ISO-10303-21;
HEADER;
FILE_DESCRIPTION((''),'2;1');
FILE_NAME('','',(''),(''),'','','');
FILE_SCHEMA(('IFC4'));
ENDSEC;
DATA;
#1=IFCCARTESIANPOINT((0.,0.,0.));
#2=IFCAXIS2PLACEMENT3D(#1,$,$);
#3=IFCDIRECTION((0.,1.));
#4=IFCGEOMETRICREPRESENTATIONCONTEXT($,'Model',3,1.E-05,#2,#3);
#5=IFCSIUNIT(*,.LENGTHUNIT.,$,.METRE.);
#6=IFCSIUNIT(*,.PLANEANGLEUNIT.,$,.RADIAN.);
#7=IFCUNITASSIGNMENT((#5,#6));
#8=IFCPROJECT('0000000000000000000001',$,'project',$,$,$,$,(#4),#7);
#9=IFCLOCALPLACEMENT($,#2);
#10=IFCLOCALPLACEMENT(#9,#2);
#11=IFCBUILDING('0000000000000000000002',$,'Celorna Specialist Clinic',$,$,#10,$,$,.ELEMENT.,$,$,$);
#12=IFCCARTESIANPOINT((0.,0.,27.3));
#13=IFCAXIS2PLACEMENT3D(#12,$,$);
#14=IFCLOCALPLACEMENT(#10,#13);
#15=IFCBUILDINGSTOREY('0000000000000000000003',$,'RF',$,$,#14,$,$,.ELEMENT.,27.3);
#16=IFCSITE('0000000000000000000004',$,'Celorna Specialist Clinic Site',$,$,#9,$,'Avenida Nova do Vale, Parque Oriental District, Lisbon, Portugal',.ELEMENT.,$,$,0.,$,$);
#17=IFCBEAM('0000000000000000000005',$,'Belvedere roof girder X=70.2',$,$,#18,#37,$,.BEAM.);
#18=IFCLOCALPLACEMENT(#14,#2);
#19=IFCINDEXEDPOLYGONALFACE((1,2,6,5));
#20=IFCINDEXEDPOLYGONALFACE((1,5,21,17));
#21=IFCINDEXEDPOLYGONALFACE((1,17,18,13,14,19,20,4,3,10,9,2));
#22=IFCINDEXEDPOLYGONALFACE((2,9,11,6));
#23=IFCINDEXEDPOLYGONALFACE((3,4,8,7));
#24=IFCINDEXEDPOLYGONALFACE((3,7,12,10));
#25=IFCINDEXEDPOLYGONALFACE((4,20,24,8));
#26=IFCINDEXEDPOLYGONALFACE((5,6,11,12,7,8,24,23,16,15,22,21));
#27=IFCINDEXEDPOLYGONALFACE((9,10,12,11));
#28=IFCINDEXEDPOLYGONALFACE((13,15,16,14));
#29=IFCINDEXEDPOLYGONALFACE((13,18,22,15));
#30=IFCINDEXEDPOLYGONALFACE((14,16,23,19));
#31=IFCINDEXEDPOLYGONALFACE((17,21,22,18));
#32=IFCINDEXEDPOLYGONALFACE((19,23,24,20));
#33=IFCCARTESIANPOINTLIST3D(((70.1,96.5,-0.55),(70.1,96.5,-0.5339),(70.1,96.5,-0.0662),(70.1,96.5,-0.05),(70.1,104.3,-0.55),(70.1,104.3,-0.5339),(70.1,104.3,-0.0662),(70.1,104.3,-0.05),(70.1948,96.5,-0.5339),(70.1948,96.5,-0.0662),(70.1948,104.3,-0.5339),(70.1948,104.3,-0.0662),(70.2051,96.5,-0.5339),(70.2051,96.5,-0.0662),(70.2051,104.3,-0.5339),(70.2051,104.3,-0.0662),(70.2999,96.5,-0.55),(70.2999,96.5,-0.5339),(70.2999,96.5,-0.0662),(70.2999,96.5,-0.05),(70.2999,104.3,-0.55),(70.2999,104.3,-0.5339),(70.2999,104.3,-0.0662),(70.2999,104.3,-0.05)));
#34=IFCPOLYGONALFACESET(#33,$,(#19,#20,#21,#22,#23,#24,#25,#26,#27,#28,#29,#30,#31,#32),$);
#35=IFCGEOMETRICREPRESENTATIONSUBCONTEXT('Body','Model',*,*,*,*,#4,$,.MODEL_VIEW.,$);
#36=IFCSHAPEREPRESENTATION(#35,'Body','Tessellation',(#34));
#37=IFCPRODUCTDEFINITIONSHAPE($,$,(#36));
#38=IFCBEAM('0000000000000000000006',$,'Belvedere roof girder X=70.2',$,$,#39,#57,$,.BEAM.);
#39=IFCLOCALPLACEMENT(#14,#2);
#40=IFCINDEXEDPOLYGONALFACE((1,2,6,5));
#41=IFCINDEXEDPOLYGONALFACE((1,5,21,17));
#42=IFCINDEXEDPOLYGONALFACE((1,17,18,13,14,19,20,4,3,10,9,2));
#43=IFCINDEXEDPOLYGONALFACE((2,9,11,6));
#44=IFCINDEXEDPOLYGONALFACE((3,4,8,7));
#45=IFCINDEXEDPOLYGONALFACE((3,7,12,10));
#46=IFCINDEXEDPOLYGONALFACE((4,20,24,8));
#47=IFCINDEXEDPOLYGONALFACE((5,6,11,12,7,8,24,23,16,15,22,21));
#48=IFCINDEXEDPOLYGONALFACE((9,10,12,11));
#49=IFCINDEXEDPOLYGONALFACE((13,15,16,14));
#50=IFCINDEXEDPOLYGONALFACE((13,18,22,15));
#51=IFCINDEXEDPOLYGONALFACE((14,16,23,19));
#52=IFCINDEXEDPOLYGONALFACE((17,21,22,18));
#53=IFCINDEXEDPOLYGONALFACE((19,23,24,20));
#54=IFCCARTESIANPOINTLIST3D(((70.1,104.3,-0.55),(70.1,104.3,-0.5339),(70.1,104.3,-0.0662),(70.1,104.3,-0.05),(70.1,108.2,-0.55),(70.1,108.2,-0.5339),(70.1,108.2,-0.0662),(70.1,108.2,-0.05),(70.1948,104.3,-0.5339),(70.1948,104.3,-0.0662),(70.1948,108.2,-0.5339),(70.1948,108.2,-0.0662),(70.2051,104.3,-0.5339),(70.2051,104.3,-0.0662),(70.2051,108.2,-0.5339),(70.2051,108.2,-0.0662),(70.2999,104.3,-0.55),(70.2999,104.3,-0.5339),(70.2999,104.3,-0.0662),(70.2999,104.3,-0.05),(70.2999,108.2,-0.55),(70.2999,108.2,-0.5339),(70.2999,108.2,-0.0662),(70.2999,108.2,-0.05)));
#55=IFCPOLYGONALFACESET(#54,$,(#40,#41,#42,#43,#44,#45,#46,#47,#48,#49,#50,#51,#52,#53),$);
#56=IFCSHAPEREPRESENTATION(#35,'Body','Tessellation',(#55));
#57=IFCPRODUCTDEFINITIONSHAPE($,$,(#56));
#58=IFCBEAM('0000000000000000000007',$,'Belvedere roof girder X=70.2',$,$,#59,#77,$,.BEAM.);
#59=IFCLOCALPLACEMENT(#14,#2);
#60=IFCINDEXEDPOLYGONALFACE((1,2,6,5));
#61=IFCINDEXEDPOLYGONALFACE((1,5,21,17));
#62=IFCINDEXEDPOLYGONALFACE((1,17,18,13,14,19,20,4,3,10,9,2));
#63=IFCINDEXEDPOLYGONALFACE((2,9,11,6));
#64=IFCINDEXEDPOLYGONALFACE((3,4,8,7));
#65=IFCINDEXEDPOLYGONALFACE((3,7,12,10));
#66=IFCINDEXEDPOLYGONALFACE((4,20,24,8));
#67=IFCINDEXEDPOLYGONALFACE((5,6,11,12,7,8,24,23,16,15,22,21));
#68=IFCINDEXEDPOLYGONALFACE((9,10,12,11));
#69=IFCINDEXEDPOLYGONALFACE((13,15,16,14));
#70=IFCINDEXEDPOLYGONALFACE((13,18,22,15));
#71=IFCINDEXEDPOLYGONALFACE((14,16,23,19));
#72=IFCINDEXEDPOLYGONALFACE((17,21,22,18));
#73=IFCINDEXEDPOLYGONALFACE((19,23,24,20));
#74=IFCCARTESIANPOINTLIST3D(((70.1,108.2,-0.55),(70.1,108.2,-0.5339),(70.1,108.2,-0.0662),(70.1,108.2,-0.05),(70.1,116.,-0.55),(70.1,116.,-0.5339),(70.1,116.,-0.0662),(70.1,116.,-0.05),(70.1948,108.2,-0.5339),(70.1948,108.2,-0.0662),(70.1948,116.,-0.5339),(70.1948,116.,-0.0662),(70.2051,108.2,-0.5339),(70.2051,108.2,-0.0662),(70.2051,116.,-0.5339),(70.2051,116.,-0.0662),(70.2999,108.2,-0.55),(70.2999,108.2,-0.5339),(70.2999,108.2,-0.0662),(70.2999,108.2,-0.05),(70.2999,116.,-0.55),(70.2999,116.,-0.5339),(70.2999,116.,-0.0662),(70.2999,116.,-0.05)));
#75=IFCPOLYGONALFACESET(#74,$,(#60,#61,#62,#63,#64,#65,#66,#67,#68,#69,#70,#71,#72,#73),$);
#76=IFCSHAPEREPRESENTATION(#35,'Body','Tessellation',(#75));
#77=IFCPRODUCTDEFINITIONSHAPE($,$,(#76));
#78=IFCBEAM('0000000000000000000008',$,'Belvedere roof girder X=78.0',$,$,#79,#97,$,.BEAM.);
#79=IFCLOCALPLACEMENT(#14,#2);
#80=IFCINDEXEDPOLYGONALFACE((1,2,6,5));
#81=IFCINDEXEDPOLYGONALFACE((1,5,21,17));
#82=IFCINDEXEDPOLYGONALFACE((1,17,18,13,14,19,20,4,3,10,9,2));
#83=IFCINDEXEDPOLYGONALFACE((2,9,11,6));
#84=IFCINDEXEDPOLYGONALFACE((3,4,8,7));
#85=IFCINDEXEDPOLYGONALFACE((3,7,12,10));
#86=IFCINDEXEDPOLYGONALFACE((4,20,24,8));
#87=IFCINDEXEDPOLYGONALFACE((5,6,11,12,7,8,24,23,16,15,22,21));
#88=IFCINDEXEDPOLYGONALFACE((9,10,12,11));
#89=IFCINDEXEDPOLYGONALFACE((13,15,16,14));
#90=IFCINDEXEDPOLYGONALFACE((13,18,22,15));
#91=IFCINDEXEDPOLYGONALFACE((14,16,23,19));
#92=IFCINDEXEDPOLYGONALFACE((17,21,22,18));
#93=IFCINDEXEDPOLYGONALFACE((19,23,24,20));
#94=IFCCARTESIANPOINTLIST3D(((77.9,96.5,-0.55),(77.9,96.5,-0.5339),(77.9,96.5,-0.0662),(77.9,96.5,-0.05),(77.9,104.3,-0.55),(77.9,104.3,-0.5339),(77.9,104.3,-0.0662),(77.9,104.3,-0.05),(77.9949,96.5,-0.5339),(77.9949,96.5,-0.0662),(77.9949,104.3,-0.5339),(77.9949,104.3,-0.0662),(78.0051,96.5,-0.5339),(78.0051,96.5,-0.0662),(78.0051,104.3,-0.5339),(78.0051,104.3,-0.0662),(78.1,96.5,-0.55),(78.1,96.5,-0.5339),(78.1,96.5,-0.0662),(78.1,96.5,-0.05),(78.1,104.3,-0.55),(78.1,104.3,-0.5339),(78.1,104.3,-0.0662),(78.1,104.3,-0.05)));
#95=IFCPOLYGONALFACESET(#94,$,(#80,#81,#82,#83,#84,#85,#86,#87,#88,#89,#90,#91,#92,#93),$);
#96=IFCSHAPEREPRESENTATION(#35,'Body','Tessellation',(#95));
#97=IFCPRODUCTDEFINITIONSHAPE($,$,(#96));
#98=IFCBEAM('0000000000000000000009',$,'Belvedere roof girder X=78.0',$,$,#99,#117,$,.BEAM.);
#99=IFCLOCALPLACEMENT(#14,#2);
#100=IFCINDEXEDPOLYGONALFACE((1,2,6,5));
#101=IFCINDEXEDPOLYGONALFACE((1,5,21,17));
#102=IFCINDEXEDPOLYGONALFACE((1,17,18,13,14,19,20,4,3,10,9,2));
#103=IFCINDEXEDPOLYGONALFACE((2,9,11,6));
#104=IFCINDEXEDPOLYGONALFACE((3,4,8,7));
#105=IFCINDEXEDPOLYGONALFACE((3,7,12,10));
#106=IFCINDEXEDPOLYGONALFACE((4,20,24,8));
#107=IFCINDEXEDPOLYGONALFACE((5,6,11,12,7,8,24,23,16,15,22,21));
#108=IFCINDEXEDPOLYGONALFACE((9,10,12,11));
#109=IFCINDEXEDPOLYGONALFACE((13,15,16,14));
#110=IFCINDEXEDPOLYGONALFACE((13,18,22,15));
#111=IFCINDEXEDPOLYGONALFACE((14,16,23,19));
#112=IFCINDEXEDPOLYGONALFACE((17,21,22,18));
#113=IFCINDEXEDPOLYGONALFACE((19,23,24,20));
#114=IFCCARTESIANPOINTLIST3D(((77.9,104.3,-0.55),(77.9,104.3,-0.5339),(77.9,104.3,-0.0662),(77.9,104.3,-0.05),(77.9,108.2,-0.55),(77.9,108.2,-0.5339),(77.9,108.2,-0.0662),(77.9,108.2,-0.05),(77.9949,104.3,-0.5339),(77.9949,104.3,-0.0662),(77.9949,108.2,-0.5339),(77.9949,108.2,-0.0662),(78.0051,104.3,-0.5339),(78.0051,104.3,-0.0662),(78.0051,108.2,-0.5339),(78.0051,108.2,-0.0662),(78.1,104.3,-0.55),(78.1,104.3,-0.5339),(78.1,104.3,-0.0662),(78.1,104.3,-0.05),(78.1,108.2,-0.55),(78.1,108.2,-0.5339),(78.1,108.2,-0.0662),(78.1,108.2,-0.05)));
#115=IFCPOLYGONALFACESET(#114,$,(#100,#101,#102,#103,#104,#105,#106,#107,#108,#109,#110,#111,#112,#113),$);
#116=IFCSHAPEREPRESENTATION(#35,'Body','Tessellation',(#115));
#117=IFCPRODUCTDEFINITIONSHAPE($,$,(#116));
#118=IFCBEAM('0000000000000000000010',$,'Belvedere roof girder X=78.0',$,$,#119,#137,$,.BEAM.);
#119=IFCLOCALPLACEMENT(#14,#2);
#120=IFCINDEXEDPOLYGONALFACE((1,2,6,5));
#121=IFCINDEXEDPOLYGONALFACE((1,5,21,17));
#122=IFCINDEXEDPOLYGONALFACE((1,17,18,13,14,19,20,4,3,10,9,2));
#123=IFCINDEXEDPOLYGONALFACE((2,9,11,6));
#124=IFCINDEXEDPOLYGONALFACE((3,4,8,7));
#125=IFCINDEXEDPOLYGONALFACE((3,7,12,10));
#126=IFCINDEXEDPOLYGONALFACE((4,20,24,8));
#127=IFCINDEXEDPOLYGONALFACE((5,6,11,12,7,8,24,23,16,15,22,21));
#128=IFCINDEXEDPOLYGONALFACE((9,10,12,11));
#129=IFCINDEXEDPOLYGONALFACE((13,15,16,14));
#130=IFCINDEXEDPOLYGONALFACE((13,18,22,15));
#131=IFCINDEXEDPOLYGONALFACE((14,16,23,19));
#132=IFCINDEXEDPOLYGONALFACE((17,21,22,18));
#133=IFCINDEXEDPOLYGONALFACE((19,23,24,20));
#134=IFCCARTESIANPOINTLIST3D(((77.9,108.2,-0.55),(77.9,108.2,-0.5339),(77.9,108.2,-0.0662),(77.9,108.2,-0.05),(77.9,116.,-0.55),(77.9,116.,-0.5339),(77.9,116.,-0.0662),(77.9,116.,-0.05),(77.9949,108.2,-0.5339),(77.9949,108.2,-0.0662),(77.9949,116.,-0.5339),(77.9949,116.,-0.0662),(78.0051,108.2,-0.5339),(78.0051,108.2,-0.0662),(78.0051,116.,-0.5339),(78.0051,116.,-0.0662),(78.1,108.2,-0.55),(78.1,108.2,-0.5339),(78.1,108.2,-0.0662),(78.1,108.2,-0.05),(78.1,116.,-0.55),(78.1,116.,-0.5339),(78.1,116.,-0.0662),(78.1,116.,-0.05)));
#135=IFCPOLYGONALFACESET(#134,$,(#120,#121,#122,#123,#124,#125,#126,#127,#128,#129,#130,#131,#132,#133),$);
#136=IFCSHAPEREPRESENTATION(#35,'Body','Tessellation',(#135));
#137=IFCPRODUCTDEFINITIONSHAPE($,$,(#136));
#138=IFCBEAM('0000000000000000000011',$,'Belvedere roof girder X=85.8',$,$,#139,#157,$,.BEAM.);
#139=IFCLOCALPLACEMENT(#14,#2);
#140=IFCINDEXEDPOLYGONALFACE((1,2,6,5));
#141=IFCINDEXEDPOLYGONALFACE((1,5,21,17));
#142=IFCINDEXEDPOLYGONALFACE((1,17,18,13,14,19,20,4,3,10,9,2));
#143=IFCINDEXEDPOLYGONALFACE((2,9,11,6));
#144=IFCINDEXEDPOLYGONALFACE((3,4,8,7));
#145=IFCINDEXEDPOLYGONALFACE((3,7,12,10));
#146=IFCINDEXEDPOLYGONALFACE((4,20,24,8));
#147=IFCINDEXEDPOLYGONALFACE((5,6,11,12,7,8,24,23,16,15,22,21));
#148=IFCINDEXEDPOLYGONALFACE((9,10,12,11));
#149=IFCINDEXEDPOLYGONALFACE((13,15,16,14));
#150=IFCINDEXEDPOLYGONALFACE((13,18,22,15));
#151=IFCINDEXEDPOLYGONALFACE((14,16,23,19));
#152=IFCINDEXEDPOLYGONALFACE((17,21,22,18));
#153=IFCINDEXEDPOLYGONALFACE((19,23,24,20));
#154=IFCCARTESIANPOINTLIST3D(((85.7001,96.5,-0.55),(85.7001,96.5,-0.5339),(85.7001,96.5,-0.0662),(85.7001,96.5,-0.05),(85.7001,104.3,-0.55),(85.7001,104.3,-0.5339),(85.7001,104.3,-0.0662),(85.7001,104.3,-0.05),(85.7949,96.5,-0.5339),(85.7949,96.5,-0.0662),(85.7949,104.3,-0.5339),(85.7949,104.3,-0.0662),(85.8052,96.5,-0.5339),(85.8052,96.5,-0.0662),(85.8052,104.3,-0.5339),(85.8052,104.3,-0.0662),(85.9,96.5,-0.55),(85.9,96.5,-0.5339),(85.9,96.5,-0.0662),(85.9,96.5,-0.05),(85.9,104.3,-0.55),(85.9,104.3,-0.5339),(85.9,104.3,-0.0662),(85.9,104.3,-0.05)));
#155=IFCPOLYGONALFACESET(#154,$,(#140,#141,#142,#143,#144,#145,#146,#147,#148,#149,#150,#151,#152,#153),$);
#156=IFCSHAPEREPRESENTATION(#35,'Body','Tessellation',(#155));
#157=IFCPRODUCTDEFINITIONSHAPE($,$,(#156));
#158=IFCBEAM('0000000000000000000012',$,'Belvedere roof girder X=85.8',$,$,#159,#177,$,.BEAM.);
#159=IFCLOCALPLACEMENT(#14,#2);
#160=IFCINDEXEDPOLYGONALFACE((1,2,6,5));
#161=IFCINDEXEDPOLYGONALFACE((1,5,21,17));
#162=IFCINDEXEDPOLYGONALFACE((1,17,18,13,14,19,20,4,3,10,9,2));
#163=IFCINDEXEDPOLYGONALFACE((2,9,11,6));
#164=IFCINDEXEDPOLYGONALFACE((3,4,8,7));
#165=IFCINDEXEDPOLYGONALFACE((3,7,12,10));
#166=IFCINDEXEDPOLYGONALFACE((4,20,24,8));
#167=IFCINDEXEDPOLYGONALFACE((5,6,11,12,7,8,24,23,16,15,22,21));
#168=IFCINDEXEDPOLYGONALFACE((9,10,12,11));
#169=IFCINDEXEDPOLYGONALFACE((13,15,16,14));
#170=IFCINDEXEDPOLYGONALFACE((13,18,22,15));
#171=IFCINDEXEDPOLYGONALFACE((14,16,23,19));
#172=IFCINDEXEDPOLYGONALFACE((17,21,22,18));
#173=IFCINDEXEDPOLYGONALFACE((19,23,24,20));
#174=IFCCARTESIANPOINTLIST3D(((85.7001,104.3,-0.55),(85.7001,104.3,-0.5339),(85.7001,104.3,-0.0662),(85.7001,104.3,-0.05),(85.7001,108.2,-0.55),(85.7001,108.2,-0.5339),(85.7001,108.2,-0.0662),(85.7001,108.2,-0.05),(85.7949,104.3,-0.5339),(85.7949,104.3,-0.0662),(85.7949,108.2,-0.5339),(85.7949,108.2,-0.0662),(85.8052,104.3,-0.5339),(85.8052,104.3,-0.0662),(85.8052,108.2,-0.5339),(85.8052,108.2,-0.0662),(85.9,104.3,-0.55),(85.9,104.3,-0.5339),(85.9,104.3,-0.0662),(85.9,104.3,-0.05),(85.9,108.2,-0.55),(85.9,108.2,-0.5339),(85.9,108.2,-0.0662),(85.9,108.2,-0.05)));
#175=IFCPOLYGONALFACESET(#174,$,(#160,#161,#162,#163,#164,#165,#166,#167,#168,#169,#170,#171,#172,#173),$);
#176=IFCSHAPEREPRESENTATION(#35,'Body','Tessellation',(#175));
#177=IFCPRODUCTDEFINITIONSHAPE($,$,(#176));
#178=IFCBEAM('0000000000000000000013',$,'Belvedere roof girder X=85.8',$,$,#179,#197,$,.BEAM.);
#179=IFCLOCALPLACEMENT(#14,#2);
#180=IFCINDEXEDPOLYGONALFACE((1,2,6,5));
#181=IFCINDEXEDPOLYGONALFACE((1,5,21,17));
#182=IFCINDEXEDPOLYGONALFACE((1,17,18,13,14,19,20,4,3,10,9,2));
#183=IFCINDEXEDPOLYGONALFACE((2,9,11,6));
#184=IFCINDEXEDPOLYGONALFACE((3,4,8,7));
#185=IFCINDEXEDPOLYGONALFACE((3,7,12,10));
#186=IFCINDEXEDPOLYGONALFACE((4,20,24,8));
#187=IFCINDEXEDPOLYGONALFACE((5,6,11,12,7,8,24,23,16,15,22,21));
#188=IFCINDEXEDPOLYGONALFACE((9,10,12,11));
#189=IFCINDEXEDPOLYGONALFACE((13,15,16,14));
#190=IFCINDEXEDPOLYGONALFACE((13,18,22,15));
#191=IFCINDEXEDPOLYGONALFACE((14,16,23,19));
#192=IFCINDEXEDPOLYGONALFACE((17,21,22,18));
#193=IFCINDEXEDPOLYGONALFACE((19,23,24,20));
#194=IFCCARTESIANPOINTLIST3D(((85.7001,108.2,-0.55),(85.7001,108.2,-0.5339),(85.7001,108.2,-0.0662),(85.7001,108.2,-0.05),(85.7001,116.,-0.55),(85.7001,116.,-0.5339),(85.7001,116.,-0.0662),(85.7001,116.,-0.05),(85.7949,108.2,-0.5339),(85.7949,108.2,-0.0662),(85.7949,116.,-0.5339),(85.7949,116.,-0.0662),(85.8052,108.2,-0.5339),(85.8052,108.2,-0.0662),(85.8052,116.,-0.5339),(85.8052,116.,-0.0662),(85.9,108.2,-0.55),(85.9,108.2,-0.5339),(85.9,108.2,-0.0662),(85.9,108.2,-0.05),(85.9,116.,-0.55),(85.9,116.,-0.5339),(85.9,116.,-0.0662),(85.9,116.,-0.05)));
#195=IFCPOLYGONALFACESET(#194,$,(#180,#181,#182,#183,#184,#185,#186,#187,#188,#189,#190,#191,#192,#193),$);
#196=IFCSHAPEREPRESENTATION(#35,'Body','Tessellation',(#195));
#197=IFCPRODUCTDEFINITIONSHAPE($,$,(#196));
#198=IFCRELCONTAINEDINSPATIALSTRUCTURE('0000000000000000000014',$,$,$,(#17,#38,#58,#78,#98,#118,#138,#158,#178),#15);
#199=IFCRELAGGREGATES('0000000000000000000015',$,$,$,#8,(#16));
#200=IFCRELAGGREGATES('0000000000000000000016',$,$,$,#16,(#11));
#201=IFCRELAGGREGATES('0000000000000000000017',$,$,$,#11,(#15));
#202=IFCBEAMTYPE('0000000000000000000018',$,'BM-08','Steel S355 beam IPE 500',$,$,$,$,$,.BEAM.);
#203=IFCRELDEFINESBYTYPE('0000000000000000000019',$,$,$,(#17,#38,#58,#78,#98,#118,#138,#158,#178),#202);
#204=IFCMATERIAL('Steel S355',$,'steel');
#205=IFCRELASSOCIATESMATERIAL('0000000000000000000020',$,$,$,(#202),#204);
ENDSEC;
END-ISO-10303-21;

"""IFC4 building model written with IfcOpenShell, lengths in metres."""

from ifc_helpers import new_model, si_unit, direction, frame, origin, origin_2d, place, context, subcontext, project, spatial, i_section, extrude, material, material_profile, profile_set, type_object, element, save


model = new_model("IFC4")

# Units and contexts
model_context = context("Model", 3, precision=1e-05, world=origin(), true_north=direction((0.0, 1.0)))
body_context = subcontext(model_context, "Body", "Model", "MODEL_VIEW")
ifc_project = project(units=[si_unit("LENGTHUNIT", "METRE"), si_unit("PLANEANGLEUNIT", "RADIAN")], contexts=[model_context])

# Site, building, storey
site_placement = place(None, origin())
site = spatial("IfcSite", under=ifc_project, at=site_placement, Name="Celorna Specialist Clinic Site", LongName="Avenida Nova do Vale, Parque Oriental District, Lisbon, Portugal", CompositionType="ELEMENT", RefElevation=0.0)
building_placement = place(site_placement, origin())
building = spatial("IfcBuilding", under=site, at=building_placement, Name="Celorna Specialist Clinic", CompositionType="ELEMENT")
storey_placement = place(building_placement, frame((0.0, 0.0, 27.3)))
storey = spatial("IfcBuildingStorey", under=building, at=storey_placement, Name="RF", CompositionType="ELEMENT", Elevation=27.3)

# Beams
ifc_material_1 = material(Name="Steel S355", Category="steel")
ifc_material_profile_1 = material_profile(ifc_material_1, i_section(OverallWidth=0.2, OverallDepth=0.5, WebThickness=0.0103, FlangeThickness=0.0161, at=origin_2d()), Name="IPE 500")
ifc_profile_set_1 = profile_set([ifc_material_profile_1], Name="Steel S355")
beam_type = type_object("IfcBeamType", Name="BM-08", Description="Steel S355 beam IPE 500", PredefinedType="BEAM", material=ifc_profile_set_1)
beam_1_placement = place(storey_placement, frame((70.2, 96.5, -0.3), z_axis=(0.0, 1.0, 0.0), x_axis=(-1.0, 0.0, 0.0)))
element("IfcBeam", 1, at=beam_1_placement, inside=storey, type_object=beam_type, Name="Belvedere roof girder X=70.2", PredefinedType="BEAM", context=body_context, shape_type="SweptSolid", body=[
    extrude(i_section(OverallWidth=0.2, OverallDepth=0.5, WebThickness=0.0103, FlangeThickness=0.0161, at=origin_2d()), origin(), (0.0, 0.0, 1.0), 7.8),
])
beam_2_placement = place(storey_placement, frame((70.2, 104.3, -0.3), z_axis=(0.0, 1.0, 0.0), x_axis=(-1.0, 0.0, 0.0)))
element("IfcBeam", 2, at=beam_2_placement, inside=storey, type_object=beam_type, Name="Belvedere roof girder X=70.2", PredefinedType="BEAM", context=body_context, shape_type="SweptSolid", body=[
    extrude(i_section(OverallWidth=0.2, OverallDepth=0.5, WebThickness=0.0103, FlangeThickness=0.0161, at=origin_2d()), origin(), (0.0, 0.0, 1.0), 3.8999),
])
for number, where, z_axis, x_axis, name in (
    (3, (70.2, 108.2, -0.3), (0.0, 1.0, 0.0), (-1.0, 0.0, 0.0), "Belvedere roof girder X=70.2"),
    (4, (78.0, 96.5, -0.3), (0.0, 1.0, 0.0), (-1.0, 0.0, 0.0), "Belvedere roof girder X=78.0"),
):
    element("IfcBeam", number, at=place(storey_placement, frame(where, z_axis=z_axis, x_axis=x_axis)), inside=storey, type_object=beam_type, Name=name, PredefinedType="BEAM", context=body_context, shape_type="SweptSolid", body=[
        extrude(i_section(OverallWidth=0.2, OverallDepth=0.5, WebThickness=0.0103, FlangeThickness=0.0161, at=origin_2d()), origin(), (0.0, 0.0, 1.0), 7.8),
    ])
beam_3_placement = place(storey_placement, frame((78.0, 104.3, -0.3), z_axis=(0.0, 1.0, 0.0), x_axis=(-1.0, 0.0, 0.0)))
element("IfcBeam", 5, at=beam_3_placement, inside=storey, type_object=beam_type, Name="Belvedere roof girder X=78.0", PredefinedType="BEAM", context=body_context, shape_type="SweptSolid", body=[
    extrude(i_section(OverallWidth=0.2, OverallDepth=0.5, WebThickness=0.0103, FlangeThickness=0.0161, at=origin_2d()), origin(), (0.0, 0.0, 1.0), 3.8999),
])
for number, where, z_axis, x_axis, name in (
    (6, (78.0, 108.2, -0.3), (0.0, 1.0, 0.0), (-1.0, 0.0, 0.0), "Belvedere roof girder X=78.0"),
    (7, (85.8, 96.5, -0.3), (0.0, 1.0, 0.0), (-1.0, 0.0, 0.0), "Belvedere roof girder X=85.8"),
):
    element("IfcBeam", number, at=place(storey_placement, frame(where, z_axis=z_axis, x_axis=x_axis)), inside=storey, type_object=beam_type, Name=name, PredefinedType="BEAM", context=body_context, shape_type="SweptSolid", body=[
        extrude(i_section(OverallWidth=0.2, OverallDepth=0.5, WebThickness=0.0103, FlangeThickness=0.0161, at=origin_2d()), origin(), (0.0, 0.0, 1.0), 7.8),
    ])
beam_4_placement = place(storey_placement, frame((85.8, 104.3, -0.3), z_axis=(0.0, 1.0, 0.0), x_axis=(-1.0, 0.0, 0.0)))
element("IfcBeam", 8, at=beam_4_placement, inside=storey, type_object=beam_type, Name="Belvedere roof girder X=85.8", PredefinedType="BEAM", context=body_context, shape_type="SweptSolid", body=[
    extrude(i_section(OverallWidth=0.2, OverallDepth=0.5, WebThickness=0.0103, FlangeThickness=0.0161, at=origin_2d()), origin(), (0.0, 0.0, 1.0), 3.8999),
])
for number, where, z_axis, x_axis, name in (
    (9, (85.8, 108.2, -0.3), (0.0, 1.0, 0.0), (-1.0, 0.0, 0.0), "Belvedere roof girder X=85.8"),
):
    element("IfcBeam", number, at=place(storey_placement, frame(where, z_axis=z_axis, x_axis=x_axis)), inside=storey, type_object=beam_type, Name=name, PredefinedType="BEAM", context=body_context, shape_type="SweptSolid", body=[
        extrude(i_section(OverallWidth=0.2, OverallDepth=0.5, WebThickness=0.0103, FlangeThickness=0.0161, at=origin_2d()), origin(), (0.0, 0.0, 1.0), 7.8),
    ])

save(model, "model.ifc")
